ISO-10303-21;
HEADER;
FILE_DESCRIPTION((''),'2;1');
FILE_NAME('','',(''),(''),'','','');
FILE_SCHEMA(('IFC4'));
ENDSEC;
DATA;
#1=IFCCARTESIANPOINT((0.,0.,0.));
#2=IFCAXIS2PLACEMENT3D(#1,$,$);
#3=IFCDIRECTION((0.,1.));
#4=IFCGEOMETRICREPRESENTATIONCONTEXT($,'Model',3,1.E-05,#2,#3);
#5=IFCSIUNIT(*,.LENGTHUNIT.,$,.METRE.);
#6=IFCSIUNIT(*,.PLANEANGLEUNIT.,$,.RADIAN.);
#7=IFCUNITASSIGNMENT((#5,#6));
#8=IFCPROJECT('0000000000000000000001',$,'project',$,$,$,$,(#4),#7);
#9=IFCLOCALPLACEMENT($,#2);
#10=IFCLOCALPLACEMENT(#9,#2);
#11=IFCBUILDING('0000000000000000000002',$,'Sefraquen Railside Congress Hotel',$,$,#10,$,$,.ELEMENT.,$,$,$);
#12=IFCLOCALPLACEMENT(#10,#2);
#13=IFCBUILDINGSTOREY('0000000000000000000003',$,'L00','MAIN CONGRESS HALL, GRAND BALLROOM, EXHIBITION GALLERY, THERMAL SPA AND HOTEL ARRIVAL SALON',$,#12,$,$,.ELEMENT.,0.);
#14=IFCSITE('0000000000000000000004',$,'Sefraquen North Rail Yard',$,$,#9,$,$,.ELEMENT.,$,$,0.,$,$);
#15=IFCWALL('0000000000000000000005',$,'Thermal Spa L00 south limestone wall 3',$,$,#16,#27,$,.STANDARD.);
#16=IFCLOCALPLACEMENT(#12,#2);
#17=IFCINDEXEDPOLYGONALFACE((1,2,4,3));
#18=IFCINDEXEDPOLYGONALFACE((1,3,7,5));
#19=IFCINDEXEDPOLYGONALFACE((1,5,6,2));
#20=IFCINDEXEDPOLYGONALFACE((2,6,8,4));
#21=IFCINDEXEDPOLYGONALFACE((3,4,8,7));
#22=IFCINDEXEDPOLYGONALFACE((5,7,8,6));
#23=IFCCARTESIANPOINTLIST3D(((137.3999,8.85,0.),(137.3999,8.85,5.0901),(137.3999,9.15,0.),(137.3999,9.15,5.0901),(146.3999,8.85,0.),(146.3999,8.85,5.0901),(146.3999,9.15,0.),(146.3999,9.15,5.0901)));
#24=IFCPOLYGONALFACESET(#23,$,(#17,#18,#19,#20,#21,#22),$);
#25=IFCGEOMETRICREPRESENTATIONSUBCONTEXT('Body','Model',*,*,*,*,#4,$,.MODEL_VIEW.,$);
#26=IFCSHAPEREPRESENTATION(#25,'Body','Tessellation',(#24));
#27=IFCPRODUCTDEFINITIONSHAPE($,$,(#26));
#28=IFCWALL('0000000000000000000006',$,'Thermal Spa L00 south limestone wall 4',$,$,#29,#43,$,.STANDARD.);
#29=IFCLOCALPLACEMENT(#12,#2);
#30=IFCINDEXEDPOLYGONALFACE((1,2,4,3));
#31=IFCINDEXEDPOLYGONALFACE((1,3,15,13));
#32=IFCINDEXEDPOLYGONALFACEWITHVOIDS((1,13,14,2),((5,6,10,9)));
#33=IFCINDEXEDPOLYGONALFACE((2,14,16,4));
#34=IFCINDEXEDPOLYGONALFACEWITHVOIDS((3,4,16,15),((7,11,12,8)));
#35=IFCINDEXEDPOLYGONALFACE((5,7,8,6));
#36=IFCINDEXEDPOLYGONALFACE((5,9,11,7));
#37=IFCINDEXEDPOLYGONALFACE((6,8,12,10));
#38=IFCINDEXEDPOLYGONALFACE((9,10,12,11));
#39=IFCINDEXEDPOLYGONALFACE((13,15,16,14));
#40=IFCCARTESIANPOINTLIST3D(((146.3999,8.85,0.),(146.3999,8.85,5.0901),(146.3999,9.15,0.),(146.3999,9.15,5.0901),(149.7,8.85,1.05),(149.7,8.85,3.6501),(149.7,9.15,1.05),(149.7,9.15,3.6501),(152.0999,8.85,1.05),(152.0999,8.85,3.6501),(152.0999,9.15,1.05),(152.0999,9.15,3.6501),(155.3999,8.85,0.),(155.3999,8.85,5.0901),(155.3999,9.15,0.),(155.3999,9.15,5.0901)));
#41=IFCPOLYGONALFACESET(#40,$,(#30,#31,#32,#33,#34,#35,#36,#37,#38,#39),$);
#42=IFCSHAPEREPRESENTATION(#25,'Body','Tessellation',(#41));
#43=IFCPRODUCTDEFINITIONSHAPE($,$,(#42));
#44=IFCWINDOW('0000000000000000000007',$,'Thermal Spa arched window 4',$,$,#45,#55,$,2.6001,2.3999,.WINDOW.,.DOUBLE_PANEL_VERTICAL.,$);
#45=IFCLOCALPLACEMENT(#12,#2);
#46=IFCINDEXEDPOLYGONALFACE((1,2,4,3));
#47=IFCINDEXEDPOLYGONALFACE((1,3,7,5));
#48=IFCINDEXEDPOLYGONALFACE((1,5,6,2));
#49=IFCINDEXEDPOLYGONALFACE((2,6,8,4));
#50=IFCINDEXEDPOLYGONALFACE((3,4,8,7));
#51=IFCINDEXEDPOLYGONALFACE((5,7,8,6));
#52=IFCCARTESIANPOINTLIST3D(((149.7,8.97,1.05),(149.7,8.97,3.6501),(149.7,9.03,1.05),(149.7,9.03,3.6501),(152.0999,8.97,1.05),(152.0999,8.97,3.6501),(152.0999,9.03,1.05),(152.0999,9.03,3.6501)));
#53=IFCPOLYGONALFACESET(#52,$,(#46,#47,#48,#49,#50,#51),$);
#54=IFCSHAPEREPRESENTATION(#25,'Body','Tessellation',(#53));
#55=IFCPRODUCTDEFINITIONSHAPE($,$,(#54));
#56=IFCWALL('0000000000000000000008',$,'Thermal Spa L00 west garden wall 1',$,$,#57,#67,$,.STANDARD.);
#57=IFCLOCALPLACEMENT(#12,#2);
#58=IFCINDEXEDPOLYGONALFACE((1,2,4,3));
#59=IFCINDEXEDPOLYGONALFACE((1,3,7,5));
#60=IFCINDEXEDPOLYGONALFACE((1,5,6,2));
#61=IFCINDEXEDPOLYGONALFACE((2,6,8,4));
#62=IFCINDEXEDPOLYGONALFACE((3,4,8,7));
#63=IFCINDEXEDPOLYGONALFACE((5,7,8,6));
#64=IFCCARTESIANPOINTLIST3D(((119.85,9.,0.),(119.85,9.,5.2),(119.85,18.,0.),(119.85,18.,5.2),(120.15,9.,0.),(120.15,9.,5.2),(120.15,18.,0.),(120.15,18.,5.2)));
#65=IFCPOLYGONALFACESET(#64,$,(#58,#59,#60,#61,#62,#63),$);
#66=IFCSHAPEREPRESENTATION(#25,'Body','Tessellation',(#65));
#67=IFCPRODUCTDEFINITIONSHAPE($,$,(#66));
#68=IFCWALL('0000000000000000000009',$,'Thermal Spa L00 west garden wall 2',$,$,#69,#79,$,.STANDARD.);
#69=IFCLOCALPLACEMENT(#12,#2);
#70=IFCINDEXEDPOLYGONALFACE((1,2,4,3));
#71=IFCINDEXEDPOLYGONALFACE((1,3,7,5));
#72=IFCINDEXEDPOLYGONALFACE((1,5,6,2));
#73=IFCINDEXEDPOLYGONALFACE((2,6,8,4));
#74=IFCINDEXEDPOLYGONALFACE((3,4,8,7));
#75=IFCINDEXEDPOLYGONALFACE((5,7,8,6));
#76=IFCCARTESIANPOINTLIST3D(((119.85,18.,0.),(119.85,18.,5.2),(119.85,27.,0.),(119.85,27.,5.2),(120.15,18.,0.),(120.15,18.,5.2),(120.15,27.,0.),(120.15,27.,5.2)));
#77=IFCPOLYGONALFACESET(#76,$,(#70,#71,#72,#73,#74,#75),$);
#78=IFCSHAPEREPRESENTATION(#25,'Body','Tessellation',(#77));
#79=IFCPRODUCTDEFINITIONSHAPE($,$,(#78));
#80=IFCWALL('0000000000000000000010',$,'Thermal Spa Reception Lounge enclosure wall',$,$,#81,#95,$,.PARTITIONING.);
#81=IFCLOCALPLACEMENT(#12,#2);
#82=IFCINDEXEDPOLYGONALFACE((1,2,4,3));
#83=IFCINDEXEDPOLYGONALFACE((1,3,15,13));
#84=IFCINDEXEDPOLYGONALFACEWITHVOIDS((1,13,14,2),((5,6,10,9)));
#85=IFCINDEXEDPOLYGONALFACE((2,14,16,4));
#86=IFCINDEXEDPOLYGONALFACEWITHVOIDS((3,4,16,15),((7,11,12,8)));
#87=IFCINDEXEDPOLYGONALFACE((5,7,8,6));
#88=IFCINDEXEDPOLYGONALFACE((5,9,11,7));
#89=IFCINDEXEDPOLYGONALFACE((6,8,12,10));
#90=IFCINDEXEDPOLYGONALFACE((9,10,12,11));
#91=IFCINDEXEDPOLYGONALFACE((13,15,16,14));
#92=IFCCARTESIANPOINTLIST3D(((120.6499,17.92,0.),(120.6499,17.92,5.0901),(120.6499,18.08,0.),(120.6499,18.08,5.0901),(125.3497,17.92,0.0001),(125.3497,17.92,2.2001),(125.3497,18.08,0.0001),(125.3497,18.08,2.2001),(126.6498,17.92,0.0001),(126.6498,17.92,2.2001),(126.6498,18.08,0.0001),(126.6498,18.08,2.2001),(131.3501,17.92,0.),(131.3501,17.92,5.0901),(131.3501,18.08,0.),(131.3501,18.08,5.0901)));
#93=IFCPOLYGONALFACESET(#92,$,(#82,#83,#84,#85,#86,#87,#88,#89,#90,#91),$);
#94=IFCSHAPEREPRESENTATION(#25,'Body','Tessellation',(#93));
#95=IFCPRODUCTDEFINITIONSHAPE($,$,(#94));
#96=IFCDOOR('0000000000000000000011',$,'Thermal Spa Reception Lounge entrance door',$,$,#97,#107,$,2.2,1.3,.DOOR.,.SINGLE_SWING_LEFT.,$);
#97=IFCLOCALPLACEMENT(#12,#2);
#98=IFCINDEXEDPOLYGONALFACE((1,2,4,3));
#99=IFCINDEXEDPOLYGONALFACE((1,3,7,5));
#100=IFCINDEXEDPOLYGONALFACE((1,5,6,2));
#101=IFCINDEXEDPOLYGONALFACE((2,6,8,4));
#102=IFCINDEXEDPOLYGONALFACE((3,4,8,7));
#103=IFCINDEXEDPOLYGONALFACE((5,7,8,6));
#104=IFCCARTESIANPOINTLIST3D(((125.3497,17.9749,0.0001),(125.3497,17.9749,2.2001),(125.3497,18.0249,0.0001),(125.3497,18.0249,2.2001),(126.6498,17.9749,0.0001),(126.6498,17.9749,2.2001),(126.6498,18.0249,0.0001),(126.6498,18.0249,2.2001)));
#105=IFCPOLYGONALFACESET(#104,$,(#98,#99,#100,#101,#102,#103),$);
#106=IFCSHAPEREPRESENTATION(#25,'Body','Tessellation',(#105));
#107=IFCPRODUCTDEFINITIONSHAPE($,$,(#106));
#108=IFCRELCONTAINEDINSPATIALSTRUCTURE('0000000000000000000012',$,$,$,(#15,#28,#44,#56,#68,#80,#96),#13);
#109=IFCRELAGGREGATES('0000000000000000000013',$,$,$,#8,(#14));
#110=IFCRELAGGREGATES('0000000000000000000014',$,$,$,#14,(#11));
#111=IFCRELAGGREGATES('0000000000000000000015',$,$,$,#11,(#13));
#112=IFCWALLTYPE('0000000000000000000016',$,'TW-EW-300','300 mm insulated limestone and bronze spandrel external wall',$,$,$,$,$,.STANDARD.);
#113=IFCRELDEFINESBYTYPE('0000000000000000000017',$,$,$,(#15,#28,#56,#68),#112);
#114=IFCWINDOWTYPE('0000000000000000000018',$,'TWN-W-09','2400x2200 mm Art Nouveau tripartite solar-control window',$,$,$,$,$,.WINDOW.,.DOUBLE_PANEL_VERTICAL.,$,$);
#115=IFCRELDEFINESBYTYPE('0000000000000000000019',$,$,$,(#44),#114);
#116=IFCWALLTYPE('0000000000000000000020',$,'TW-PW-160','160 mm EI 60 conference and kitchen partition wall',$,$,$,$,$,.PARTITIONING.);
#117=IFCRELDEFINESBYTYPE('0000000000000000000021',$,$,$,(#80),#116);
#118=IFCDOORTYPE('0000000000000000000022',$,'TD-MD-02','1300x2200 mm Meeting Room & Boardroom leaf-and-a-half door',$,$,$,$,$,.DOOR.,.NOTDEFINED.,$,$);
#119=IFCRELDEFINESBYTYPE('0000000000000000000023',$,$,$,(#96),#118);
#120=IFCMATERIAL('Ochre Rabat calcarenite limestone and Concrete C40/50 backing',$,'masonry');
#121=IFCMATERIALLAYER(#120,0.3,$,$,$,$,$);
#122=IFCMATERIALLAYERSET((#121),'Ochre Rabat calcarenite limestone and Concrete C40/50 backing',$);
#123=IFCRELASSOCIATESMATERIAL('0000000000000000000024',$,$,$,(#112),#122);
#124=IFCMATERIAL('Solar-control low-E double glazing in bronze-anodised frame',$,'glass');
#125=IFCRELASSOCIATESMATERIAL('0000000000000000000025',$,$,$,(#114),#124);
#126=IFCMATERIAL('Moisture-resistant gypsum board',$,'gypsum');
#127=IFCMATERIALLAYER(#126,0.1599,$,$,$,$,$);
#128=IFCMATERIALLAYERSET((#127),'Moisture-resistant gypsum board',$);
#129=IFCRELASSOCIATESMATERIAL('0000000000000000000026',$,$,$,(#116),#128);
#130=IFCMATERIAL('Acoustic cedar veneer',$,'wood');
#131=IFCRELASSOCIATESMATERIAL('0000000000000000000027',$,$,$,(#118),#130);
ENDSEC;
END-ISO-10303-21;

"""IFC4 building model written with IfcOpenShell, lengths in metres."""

from ifc_helpers import new_model, si_unit, direction, frame, frame_2d, origin, place, context, subcontext, project, spatial, rectangle, extrude, material, layer, layer_set, type_object, element, fill, save


model = new_model("IFC4")

# Units and contexts
model_context = context("Model", 3, precision=1e-05, world=origin(), true_north=direction((0.0, 1.0)))
body_context = subcontext(model_context, "Body", "Model", "MODEL_VIEW")
ifc_project = project(units=[si_unit("LENGTHUNIT", "METRE"), si_unit("PLANEANGLEUNIT", "RADIAN")], contexts=[model_context])

# Site, building, storey
site_placement = place(None, origin())
site = spatial("IfcSite", under=ifc_project, at=site_placement, Name="Sefraquen North Rail Yard", CompositionType="ELEMENT", RefElevation=0.0)
building_placement = place(site_placement, origin())
building = spatial("IfcBuilding", under=site, at=building_placement, Name="Sefraquen Railside Congress Hotel", CompositionType="ELEMENT")
storey_placement = place(building_placement, origin())
storey = spatial("IfcBuildingStorey", under=building, at=storey_placement, Name="L00", Description="MAIN CONGRESS HALL, GRAND BALLROOM, EXHIBITION GALLERY, THERMAL SPA AND HOTEL ARRIVAL SALON", CompositionType="ELEMENT", Elevation=0.0)

# Shared definitions
ifc_material_1 = material(Name="Ochre Rabat calcarenite limestone and Concrete C40/50 backing", Category="masonry")
ifc_layer_1 = layer(ifc_material_1, 0.3)
ifc_layer_set_1 = layer_set([ifc_layer_1], Name="Ochre Rabat calcarenite limestone and Concrete C40/50 backing")
wall_type_1 = type_object("IfcWallType", Name="TW-EW-300", Description="300 mm insulated limestone and bronze spandrel external wall", PredefinedType="STANDARD", material=ifc_layer_set_1)

# Shared definitions
ifc_material_2 = material(Name="Solar-control low-E double glazing in bronze-anodised frame", Category="glass")
window_type = type_object("IfcWindowType", Name="TWN-W-09", Description="2400x2200 mm Art Nouveau tripartite solar-control window", PartitioningType="DOUBLE_PANEL_VERTICAL", PredefinedType="WINDOW", material=ifc_material_2)

# Wall
wall_1_placement = place(storey_placement, frame((137.3999, 9.0, 0.0), z_axis=(0.0, 0.0, 1.0), x_axis=(1.0, 0.0, 0.0)))
element("IfcWall", 1, at=wall_1_placement, inside=storey, type_object=wall_type_1, Name="Thermal Spa L00 south limestone wall 3", PredefinedType="STANDARD", context=body_context, shape_type="SweptSolid", body=[
    extrude(rectangle(XDim=9.0, YDim=0.3, at=frame_2d((4.5, 0.0))), origin(), (0.0, 0.0, 1.0), 5.0901),
])

# Wall, opening, window
wall_2_placement = place(storey_placement, frame((146.3999, 9.0, 0.0), z_axis=(0.0, 0.0, 1.0), x_axis=(1.0, 0.0, 0.0)))
wall_2 = element("IfcWall", 2, at=wall_2_placement, inside=storey, type_object=wall_type_1, Name="Thermal Spa L00 south limestone wall 4", PredefinedType="STANDARD", context=body_context, shape_type="SweptSolid", body=[
    extrude(rectangle(XDim=9.0, YDim=0.3, at=frame_2d((4.5, 0.0))), origin(), (0.0, 0.0, 1.0), 5.0901),
])
opening_1_placement = place(wall_2_placement, frame((3.3, 0.0, 1.05)))
opening_1 = element("IfcOpeningElement", 3, at=opening_1_placement, cuts=wall_2, PredefinedType="OPENING", context=body_context, shape_type="SweptSolid", body=[
    extrude(rectangle(XDim=2.3999, YDim=2.6001, at=frame_2d((1.2, 1.3))), frame((0.0, 0.1599, 0.0), z_axis=(0.0, -1.0, 0.0), x_axis=(1.0, 0.0, 0.0)), (0.0, 0.0, 1.0), 0.3201),
])
window_1_placement = place(opening_1_placement, origin())
window_1 = element("IfcWindow", 4, at=window_1_placement, inside=storey, type_object=window_type, Name="Thermal Spa arched window 4", OverallHeight=2.6001, OverallWidth=2.3999, PartitioningType="DOUBLE_PANEL_VERTICAL", PredefinedType="WINDOW", context=body_context, shape_type="SweptSolid", body=[
    extrude(rectangle(XDim=2.3999, YDim=2.6001, at=frame_2d((1.2, 1.3))), frame((0.0, 0.03, 0.0), z_axis=(0.0, -1.0, 0.0), x_axis=(1.0, 0.0, 0.0)), (0.0, 0.0, 1.0), 0.0601),
])
fill(opening_1, window_1)

# Walls
for number, where, z_axis, x_axis, name in (
    (5, (120.0, 9.0, 0.0), (0.0, 0.0, 1.0), (0.0, 1.0, 0.0), "Thermal Spa L00 west garden wall 1"),
    (6, (120.0, 18.0, 0.0), (0.0, 0.0, 1.0), (0.0, 1.0, 0.0), "Thermal Spa L00 west garden wall 2"),
):
    element("IfcWall", number, at=place(storey_placement, frame(where, z_axis=z_axis, x_axis=x_axis)), inside=storey, type_object=wall_type_1, Name=name, PredefinedType="STANDARD", context=body_context, shape_type="SweptSolid", body=[
        extrude(rectangle(XDim=9.0, YDim=0.3, at=frame_2d((4.5, 0.0))), origin(), (0.0, 0.0, 1.0), 5.2),
    ])

# Wall, opening, door
ifc_material_3 = material(Name="Moisture-resistant gypsum board", Category="gypsum")
ifc_layer_2 = layer(ifc_material_3, 0.1599)
ifc_layer_set_2 = layer_set([ifc_layer_2], Name="Moisture-resistant gypsum board")
wall_type_2 = type_object("IfcWallType", Name="TW-PW-160", Description="160 mm EI 60 conference and kitchen partition wall", PredefinedType="PARTITIONING", material=ifc_layer_set_2)
wall_3_placement = place(storey_placement, frame((120.6499, 18.0, 0.0), z_axis=(0.0, 0.0, 1.0), x_axis=(1.0, 0.0, 0.0)))
wall_3 = element("IfcWall", 7, at=wall_3_placement, inside=storey, type_object=wall_type_2, Name="Thermal Spa Reception Lounge enclosure wall", PredefinedType="PARTITIONING", context=body_context, shape_type="SweptSolid", body=[
    extrude(rectangle(XDim=10.7002, YDim=0.1599, at=frame_2d((5.3501, 0.0))), origin(), (0.0, 0.0, 1.0), 5.0901),
])
opening_2_placement = place(wall_3_placement, frame((4.7, 0.0, 0.0)))
opening_2 = element("IfcOpeningElement", 8, at=opening_2_placement, cuts=wall_3, PredefinedType="OPENING", context=body_context, shape_type="SweptSolid", body=[
    extrude(rectangle(XDim=1.3, YDim=2.2, at=frame_2d((0.6499, 1.1001))), frame((0.0, 0.0898, 0.0), z_axis=(0.0, -1.0, 0.0), x_axis=(1.0, 0.0, 0.0)), (0.0, 0.0, 1.0), 0.1799),
])
ifc_material_4 = material(Name="Acoustic cedar veneer", Category="wood")
door_type = type_object("IfcDoorType", Name="TD-MD-02", Description="1300x2200 mm Meeting Room & Boardroom leaf-and-a-half door", OperationType="NOTDEFINED", PredefinedType="DOOR", material=ifc_material_4)
door_placement = place(opening_2_placement, origin())
door = element("IfcDoor", 9, at=door_placement, inside=storey, type_object=door_type, Name="Thermal Spa Reception Lounge entrance door", OperationType="SINGLE_SWING_LEFT", OverallHeight=2.2, OverallWidth=1.3, PredefinedType="DOOR", context=body_context, shape_type="SweptSolid", body=[
    extrude(rectangle(XDim=1.3, YDim=2.2, at=frame_2d((0.6499, 1.1001))), frame((0.0, 0.0249, 0.0), z_axis=(0.0, -1.0, 0.0), x_axis=(1.0, 0.0, 0.0)), (0.0, 0.0, 1.0), 0.05),
])
fill(opening_2, door)

save(model, "model.ifc")
